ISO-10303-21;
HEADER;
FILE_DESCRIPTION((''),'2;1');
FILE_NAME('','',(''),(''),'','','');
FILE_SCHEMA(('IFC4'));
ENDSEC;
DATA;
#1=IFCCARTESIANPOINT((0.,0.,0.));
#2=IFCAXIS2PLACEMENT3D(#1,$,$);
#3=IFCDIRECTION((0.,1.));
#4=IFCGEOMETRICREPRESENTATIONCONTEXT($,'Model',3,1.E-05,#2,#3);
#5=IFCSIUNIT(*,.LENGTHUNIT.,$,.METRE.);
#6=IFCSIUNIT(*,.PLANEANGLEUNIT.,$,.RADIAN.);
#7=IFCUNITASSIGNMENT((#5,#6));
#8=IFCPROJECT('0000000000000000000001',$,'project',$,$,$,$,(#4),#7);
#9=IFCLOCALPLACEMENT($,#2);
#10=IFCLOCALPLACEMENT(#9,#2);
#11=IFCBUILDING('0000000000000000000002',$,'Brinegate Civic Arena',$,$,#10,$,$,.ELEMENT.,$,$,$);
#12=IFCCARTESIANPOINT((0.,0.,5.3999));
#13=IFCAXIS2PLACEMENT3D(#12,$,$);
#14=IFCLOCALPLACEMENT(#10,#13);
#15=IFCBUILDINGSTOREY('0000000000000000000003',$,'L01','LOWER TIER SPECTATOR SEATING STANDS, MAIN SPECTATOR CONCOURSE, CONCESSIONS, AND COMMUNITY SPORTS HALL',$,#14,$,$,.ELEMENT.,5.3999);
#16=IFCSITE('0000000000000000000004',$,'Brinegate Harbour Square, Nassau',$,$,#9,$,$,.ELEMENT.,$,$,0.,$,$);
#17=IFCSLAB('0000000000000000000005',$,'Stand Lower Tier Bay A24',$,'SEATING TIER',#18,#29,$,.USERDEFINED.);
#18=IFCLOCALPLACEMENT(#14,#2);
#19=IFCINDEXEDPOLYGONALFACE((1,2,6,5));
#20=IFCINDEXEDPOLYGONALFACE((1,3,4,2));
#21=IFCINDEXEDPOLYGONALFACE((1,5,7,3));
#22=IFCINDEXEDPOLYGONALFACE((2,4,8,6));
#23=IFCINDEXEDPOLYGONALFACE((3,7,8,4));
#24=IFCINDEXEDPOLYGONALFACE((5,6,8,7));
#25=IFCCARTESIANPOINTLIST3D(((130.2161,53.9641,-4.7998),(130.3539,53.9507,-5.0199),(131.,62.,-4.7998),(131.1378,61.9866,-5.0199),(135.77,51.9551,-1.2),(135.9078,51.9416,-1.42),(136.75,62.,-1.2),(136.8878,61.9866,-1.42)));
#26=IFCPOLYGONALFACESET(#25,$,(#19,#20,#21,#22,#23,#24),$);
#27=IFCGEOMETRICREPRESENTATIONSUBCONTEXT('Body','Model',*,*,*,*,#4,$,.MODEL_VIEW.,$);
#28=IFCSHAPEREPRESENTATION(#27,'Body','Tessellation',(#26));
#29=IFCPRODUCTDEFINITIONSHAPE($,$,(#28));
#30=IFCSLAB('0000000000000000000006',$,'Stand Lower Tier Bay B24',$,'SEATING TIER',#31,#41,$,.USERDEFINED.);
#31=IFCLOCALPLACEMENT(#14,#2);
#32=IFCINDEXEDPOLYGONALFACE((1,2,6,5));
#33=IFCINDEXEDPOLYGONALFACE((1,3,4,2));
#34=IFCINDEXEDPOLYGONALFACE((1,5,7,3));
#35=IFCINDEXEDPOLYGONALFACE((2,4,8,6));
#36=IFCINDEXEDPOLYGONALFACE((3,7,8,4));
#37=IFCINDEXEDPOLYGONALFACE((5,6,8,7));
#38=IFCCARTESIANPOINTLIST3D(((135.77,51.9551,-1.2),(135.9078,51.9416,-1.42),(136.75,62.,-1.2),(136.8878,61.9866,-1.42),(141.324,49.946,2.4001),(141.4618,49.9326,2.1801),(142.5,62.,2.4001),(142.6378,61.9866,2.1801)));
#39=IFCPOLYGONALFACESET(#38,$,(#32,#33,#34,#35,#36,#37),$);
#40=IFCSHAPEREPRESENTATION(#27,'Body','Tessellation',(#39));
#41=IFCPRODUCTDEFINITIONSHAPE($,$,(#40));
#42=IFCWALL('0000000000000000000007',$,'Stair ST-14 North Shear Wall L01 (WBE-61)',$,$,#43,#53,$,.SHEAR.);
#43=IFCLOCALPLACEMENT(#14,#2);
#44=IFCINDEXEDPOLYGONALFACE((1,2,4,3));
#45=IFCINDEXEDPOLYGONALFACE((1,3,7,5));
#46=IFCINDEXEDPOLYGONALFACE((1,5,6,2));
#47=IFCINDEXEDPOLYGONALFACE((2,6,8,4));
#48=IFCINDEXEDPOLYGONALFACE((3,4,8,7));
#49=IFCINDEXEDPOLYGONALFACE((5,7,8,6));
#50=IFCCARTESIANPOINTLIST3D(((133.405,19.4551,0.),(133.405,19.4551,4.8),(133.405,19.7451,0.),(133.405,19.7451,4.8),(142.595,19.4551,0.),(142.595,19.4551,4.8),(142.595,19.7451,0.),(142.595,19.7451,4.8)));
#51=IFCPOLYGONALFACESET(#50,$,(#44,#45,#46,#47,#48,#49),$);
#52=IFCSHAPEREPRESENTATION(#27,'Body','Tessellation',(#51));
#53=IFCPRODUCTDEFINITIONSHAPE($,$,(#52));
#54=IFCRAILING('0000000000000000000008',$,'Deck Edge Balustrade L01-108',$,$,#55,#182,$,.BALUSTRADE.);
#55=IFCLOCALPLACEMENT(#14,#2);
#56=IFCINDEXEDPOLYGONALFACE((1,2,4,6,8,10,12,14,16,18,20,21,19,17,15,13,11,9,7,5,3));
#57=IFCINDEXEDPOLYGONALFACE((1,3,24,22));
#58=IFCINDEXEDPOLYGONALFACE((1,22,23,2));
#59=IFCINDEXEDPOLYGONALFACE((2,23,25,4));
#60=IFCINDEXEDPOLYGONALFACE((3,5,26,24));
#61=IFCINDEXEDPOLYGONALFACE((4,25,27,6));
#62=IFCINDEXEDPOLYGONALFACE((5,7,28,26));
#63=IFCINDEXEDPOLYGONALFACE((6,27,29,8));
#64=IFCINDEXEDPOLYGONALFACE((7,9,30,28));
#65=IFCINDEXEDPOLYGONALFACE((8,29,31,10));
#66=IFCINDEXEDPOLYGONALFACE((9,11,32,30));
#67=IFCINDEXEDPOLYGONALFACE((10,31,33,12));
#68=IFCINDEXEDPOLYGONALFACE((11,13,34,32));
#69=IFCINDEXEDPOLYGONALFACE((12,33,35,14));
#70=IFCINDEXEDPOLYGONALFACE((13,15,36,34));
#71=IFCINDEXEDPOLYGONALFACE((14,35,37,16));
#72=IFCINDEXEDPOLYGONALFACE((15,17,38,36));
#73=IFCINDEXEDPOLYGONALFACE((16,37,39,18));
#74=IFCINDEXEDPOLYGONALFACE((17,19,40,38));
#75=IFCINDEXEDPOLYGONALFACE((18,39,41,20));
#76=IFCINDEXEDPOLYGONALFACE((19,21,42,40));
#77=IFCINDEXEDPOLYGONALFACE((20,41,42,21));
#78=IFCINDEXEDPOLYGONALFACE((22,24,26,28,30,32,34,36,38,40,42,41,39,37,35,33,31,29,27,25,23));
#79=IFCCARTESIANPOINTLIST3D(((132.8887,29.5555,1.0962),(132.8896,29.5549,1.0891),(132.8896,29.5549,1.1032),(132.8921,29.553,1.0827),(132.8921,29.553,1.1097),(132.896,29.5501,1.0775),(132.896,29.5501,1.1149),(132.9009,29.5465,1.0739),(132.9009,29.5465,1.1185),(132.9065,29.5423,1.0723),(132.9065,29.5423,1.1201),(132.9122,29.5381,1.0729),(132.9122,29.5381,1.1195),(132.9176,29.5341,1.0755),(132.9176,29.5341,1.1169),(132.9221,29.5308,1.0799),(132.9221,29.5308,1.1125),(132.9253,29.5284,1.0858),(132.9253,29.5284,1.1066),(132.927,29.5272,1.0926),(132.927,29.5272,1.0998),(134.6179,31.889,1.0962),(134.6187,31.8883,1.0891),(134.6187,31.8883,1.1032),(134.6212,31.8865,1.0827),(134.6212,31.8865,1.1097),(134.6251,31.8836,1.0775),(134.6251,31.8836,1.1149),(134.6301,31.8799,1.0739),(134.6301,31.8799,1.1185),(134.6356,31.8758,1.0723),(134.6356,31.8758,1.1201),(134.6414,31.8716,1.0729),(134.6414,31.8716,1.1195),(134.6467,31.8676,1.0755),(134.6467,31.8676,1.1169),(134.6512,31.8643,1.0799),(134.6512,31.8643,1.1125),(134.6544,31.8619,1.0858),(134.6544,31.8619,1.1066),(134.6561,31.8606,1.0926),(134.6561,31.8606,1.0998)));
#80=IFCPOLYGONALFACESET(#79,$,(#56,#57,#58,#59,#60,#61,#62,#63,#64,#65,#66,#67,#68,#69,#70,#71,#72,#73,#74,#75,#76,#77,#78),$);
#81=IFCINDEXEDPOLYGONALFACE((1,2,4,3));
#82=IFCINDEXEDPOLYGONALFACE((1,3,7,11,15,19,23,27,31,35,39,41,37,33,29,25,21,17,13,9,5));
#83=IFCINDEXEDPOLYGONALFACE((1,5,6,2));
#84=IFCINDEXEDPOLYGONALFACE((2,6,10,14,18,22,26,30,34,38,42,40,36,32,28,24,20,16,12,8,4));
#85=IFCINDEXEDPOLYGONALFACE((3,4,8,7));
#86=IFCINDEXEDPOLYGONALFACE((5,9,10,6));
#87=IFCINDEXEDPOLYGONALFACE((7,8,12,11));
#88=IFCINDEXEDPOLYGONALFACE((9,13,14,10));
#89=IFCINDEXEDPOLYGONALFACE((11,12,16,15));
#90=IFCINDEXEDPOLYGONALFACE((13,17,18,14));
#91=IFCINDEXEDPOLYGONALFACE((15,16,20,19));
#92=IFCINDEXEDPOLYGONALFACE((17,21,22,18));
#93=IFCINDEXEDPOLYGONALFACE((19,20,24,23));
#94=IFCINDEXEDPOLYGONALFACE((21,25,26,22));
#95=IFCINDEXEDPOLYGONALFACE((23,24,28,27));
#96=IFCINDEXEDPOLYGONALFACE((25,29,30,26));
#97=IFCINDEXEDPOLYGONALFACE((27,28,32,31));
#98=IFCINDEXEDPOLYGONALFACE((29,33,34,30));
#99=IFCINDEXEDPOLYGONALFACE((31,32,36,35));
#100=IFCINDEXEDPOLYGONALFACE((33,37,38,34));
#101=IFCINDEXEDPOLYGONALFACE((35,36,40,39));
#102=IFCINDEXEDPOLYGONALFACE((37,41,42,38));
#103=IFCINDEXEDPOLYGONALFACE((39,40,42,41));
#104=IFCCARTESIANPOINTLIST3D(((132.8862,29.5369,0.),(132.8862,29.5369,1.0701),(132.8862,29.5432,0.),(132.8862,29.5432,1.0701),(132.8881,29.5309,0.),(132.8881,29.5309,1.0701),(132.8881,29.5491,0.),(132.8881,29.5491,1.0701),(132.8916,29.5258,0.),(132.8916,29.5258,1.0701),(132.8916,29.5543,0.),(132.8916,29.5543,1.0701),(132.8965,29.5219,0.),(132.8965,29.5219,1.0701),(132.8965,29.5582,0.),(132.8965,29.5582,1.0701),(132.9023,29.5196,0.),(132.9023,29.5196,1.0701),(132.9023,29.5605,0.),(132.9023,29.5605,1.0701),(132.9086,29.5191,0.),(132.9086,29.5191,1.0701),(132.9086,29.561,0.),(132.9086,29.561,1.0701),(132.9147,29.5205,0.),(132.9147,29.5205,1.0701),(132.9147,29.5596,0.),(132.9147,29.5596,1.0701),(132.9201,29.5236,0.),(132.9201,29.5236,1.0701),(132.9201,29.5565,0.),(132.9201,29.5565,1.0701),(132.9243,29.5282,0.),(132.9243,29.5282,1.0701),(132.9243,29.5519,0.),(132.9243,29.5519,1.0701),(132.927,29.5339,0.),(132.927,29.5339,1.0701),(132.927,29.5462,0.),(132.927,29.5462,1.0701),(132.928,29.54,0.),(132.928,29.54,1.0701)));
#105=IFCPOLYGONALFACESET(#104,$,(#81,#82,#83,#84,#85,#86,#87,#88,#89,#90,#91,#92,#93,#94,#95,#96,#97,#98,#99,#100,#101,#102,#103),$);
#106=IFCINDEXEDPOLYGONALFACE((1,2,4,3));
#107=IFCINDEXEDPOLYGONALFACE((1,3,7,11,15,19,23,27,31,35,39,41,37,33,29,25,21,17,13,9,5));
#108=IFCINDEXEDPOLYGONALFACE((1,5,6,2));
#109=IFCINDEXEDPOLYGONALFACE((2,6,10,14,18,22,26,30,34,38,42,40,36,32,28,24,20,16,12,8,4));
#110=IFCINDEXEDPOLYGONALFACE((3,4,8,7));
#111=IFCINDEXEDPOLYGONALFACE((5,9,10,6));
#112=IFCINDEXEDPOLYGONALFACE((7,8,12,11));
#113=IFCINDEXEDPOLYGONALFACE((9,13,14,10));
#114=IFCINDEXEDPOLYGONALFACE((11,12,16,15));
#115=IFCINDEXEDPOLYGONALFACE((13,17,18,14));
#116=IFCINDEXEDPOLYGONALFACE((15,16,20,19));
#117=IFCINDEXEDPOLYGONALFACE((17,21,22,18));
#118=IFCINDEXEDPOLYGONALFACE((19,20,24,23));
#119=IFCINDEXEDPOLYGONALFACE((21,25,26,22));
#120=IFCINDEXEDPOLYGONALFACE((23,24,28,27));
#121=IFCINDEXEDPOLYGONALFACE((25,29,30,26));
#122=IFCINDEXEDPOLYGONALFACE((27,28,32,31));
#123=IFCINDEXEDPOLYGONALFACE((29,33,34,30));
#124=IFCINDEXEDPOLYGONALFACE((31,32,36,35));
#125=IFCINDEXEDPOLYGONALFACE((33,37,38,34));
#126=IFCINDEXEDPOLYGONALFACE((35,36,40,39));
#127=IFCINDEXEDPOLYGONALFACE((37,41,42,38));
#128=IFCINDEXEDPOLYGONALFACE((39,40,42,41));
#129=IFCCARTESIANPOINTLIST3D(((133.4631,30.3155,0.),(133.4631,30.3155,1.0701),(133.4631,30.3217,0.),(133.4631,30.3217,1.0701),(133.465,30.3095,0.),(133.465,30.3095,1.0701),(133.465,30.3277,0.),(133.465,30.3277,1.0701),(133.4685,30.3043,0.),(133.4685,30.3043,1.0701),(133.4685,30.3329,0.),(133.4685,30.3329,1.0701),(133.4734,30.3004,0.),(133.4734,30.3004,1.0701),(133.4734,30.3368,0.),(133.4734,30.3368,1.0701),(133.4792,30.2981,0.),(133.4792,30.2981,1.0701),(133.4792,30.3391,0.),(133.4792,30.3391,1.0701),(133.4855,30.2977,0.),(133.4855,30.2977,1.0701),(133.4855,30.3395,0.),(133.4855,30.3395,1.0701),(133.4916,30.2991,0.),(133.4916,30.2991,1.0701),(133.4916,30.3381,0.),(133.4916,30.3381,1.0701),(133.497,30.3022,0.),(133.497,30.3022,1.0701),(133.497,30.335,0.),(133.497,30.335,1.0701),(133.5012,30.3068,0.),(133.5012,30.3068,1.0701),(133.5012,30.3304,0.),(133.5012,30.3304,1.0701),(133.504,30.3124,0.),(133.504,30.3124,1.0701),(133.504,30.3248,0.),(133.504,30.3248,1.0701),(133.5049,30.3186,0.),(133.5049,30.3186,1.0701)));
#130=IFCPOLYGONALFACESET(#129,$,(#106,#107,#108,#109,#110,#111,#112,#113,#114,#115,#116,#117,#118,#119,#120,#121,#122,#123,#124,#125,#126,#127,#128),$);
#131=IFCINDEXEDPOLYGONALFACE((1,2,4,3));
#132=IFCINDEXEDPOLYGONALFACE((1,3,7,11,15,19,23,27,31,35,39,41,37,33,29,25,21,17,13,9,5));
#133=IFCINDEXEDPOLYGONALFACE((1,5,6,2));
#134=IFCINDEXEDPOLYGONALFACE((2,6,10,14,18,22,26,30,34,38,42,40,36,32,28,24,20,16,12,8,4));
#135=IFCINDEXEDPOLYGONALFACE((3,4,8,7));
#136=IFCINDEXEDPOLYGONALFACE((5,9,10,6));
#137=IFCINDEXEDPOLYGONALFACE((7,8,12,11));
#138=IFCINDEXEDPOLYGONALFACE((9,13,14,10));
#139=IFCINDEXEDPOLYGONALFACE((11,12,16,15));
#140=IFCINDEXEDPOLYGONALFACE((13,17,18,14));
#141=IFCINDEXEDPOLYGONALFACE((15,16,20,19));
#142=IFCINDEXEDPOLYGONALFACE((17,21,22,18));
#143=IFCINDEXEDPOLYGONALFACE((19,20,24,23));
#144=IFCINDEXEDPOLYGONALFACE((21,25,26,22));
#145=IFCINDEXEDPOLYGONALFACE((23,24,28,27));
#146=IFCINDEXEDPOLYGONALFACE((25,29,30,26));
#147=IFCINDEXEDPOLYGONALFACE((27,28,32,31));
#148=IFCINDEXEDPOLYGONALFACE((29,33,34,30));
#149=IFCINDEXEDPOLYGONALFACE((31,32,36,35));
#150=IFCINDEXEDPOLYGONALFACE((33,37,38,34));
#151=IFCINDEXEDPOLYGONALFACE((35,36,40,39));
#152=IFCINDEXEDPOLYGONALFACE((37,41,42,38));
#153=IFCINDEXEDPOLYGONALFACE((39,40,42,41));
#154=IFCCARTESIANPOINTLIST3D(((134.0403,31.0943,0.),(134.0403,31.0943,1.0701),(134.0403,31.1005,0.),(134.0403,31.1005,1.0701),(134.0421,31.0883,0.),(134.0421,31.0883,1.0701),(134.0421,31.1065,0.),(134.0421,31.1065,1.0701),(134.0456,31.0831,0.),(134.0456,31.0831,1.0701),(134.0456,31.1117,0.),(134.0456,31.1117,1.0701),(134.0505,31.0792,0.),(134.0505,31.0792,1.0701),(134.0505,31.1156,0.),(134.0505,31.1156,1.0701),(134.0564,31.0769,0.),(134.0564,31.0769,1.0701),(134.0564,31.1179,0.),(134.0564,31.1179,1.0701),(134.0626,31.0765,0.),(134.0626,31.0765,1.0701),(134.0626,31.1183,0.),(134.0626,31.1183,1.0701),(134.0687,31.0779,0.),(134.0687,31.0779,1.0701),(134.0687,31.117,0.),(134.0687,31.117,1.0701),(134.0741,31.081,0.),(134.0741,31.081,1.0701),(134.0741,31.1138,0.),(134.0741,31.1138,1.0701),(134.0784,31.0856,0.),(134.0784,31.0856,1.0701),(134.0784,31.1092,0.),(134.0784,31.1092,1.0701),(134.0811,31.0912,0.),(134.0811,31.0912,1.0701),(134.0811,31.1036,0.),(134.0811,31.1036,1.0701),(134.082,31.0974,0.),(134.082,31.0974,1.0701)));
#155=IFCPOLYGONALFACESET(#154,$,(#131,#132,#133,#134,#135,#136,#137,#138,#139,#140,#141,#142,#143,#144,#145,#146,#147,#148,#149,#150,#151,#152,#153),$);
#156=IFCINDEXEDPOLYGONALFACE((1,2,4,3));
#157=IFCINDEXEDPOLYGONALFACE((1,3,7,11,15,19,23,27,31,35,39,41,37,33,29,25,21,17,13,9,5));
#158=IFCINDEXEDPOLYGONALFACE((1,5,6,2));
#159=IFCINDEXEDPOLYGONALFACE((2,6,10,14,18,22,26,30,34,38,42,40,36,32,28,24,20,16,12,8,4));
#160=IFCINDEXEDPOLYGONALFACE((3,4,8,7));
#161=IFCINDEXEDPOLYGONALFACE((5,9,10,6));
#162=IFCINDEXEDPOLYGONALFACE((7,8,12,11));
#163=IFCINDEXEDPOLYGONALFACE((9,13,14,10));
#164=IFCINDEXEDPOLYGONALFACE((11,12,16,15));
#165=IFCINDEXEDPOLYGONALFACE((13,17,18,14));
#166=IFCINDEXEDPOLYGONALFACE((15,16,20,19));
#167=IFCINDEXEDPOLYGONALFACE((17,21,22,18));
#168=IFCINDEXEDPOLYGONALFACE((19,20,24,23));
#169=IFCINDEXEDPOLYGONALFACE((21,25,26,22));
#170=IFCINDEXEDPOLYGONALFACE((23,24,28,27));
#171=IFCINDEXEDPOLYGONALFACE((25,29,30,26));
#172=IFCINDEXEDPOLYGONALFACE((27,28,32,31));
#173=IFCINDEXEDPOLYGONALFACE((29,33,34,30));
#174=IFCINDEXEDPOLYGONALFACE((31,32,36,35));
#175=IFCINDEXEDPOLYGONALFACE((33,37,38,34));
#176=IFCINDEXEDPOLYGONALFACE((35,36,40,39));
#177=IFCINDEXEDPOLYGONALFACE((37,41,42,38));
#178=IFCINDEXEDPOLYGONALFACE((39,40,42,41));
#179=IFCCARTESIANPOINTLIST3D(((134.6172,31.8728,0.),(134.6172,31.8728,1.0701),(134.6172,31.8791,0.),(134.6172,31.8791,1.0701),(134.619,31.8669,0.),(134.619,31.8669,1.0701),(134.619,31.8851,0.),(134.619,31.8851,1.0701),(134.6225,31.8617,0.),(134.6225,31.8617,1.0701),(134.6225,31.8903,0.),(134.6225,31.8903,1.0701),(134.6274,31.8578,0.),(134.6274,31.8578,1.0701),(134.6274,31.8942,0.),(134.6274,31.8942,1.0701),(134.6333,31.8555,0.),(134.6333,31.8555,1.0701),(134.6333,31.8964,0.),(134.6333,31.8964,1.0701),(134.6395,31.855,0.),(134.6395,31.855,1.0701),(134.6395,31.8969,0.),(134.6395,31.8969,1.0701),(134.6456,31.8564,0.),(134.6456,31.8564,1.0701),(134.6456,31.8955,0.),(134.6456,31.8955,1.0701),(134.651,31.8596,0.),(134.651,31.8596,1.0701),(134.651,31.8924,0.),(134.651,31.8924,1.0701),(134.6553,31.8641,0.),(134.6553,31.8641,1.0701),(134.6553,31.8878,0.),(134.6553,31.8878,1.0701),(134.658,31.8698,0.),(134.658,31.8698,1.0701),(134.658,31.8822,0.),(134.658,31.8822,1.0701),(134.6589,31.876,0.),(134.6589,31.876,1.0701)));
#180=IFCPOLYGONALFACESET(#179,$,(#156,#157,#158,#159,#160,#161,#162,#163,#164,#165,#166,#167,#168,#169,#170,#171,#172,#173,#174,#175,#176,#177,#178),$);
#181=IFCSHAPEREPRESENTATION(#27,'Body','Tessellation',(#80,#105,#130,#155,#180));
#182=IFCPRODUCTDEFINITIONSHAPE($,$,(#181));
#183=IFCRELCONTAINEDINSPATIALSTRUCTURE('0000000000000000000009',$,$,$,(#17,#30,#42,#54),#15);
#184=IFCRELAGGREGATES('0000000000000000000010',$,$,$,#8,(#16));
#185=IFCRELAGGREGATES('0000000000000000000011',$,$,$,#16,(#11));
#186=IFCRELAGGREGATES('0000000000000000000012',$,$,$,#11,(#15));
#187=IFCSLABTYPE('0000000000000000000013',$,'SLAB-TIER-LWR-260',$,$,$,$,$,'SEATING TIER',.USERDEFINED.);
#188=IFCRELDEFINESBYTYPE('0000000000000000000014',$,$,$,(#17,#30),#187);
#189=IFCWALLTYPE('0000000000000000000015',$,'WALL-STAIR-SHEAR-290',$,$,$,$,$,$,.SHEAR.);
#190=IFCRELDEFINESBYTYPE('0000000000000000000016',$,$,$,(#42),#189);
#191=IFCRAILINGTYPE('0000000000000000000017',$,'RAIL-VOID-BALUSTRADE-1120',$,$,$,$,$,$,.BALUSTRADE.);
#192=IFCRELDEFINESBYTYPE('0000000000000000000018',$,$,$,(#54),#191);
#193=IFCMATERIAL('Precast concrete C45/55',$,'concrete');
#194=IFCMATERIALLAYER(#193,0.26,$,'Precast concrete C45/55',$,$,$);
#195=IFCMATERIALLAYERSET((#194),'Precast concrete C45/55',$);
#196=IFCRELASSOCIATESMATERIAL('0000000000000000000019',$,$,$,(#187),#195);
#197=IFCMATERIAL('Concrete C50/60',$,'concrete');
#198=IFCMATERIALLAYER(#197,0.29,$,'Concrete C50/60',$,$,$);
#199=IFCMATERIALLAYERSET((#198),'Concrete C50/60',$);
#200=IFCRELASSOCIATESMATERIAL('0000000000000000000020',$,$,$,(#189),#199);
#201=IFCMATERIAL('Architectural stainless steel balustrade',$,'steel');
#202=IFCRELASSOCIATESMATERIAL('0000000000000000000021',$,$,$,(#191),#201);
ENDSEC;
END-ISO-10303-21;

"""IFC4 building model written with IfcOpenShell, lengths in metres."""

from ifc_helpers import new_model, si_unit, direction, frame, frame_2d, origin, origin_2d, place, context, subcontext, project, spatial, polyline, rectangle, circle, outline, extrude, material, layer, layer_set, type_object, element, save


model = new_model("IFC4")

# Units and contexts
model_context = context("Model", 3, precision=1e-05, world=origin(), true_north=direction((0.0, 1.0)))
body_context = subcontext(model_context, "Body", "Model", "MODEL_VIEW")
ifc_project = project(units=[si_unit("LENGTHUNIT", "METRE"), si_unit("PLANEANGLEUNIT", "RADIAN")], contexts=[model_context])

# Site, building, storey
site_placement = place(None, origin())
site = spatial("IfcSite", under=ifc_project, at=site_placement, Name="Brinegate Harbour Square, Nassau", CompositionType="ELEMENT", RefElevation=0.0)
building_placement = place(site_placement, origin())
building = spatial("IfcBuilding", under=site, at=building_placement, Name="Brinegate Civic Arena", CompositionType="ELEMENT")
storey_placement = place(building_placement, frame((0.0, 0.0, 5.3999)))
storey = spatial("IfcBuildingStorey", under=building, at=storey_placement, Name="L01", Description="LOWER TIER SPECTATOR SEATING STANDS, MAIN SPECTATOR CONCOURSE, CONCESSIONS, AND COMMUNITY SPORTS HALL", CompositionType="ELEMENT", Elevation=5.3999)

# Shared definitions
ifc_material_1 = material(Name="Concrete C50/60", Category="concrete")

# Slabs
ifc_material_2 = material(Name="Precast concrete C45/55", Category="concrete")
ifc_layer_1 = layer(ifc_material_2, 0.26, Name="Precast concrete C45/55")
ifc_layer_set_1 = layer_set([ifc_layer_1], Name="Precast concrete C45/55")
slab_type = type_object("IfcSlabType", Name="SLAB-TIER-LWR-260", ElementType="SEATING TIER", PredefinedType="USERDEFINED", material=ifc_layer_set_1)
slab_1_placement = place(storey_placement, frame((130.2161, 53.9641, -4.7998), z_axis=(-0.529938, 0.051699, 0.846459), x_axis=(0.097094, 0.995275, -0.000001)))
element("IfcSlab", 1, at=slab_1_placement, inside=storey, type_object=slab_type, Name="Stand Lower Tier Bay A24", ObjectType="SEATING TIER", PredefinedType="USERDEFINED", context=body_context, shape_type="SweptSolid", body=[
    extrude(outline(polyline([(0.0, 0.0), (8.074, 0.0), (8.6323, -6.7609), (-1.4603, -6.7609), (0.0, 0.0)])), origin(), (0.0, 0.0, -1.0), 0.26),
])
slab_2_placement = place(storey_placement, frame((135.77, 51.9551, -1.2), z_axis=(-0.529963, 0.051704, 0.846443), x_axis=(0.097099, 0.995275, -0.000001)))
element("IfcSlab", 2, at=slab_2_placement, inside=storey, type_object=slab_type, Name="Stand Lower Tier Bay B24", ObjectType="SEATING TIER", PredefinedType="USERDEFINED", context=body_context, shape_type="SweptSolid", body=[
    extrude(outline(polyline([(0.0, 0.0), (10.0926, 0.0), (10.6509, -6.761), (-1.4603, -6.761), (0.0, 0.0)])), origin(), (0.0, 0.0, -1.0), 0.26),
])

# Wall
ifc_layer_2 = layer(ifc_material_1, 0.29, Name="Concrete C50/60")
ifc_layer_set_2 = layer_set([ifc_layer_2], Name="Concrete C50/60")
wall_type = type_object("IfcWallType", Name="WALL-STAIR-SHEAR-290", PredefinedType="SHEAR", material=ifc_layer_set_2)
wall_placement = place(storey_placement, frame((133.405, 19.6001, 0.0), z_axis=(0.0, 0.0, 1.0), x_axis=(1.0, 0.0, 0.0)))
element("IfcWall", 3, at=wall_placement, inside=storey, type_object=wall_type, Name="Stair ST-14 North Shear Wall L01 (WBE-61)", PredefinedType="SHEAR", context=body_context, shape_type="SweptSolid", body=[
    extrude(rectangle(XDim=9.1899, YDim=0.29, at=frame_2d((4.595, 0.0))), origin(), (0.0, 0.0, 1.0), 4.8),
])

# Railing
ifc_material_3 = material(Name="Architectural stainless steel balustrade", Category="steel")
railing_type = type_object("IfcRailingType", Name="RAIL-VOID-BALUSTRADE-1120", PredefinedType="BALUSTRADE", material=ifc_material_3)
railing_1_placement = place(storey_placement, frame((132.907, 29.54, 0.0)))
element("IfcRailing", 4, at=railing_1_placement, inside=storey, type_object=railing_type, Name="Deck Edge Balustrade L01-108", PredefinedType="BALUSTRADE", context=body_context, shape_type="SweptSolid", body=[
    extrude(circle(Radius=0.0239, at=origin_2d()), frame((0.001, 0.0012, 1.0962), z_axis=(0.595368, 0.803453, 0.0), x_axis=(-0.803453, 0.595368, 0.0)), (0.0, 0.0, 1.0), 2.9043),
    extrude(circle(Radius=0.021, at=origin_2d()), origin(), (0.0, 0.0, 1.0), 1.0701),
    extrude(circle(Radius=0.021, at=origin_2d()), frame((0.5769, 0.7786, 0.0)), (0.0, 0.0, 1.0), 1.0701),
    extrude(circle(Radius=0.021, at=origin_2d()), frame((1.1541, 1.5574, 0.0)), (0.0, 0.0, 1.0), 1.0701),
    extrude(circle(Radius=0.021, at=origin_2d()), frame((1.731, 2.3359, 0.0)), (0.0, 0.0, 1.0), 1.0701),
])

save(model, "model.ifc")
